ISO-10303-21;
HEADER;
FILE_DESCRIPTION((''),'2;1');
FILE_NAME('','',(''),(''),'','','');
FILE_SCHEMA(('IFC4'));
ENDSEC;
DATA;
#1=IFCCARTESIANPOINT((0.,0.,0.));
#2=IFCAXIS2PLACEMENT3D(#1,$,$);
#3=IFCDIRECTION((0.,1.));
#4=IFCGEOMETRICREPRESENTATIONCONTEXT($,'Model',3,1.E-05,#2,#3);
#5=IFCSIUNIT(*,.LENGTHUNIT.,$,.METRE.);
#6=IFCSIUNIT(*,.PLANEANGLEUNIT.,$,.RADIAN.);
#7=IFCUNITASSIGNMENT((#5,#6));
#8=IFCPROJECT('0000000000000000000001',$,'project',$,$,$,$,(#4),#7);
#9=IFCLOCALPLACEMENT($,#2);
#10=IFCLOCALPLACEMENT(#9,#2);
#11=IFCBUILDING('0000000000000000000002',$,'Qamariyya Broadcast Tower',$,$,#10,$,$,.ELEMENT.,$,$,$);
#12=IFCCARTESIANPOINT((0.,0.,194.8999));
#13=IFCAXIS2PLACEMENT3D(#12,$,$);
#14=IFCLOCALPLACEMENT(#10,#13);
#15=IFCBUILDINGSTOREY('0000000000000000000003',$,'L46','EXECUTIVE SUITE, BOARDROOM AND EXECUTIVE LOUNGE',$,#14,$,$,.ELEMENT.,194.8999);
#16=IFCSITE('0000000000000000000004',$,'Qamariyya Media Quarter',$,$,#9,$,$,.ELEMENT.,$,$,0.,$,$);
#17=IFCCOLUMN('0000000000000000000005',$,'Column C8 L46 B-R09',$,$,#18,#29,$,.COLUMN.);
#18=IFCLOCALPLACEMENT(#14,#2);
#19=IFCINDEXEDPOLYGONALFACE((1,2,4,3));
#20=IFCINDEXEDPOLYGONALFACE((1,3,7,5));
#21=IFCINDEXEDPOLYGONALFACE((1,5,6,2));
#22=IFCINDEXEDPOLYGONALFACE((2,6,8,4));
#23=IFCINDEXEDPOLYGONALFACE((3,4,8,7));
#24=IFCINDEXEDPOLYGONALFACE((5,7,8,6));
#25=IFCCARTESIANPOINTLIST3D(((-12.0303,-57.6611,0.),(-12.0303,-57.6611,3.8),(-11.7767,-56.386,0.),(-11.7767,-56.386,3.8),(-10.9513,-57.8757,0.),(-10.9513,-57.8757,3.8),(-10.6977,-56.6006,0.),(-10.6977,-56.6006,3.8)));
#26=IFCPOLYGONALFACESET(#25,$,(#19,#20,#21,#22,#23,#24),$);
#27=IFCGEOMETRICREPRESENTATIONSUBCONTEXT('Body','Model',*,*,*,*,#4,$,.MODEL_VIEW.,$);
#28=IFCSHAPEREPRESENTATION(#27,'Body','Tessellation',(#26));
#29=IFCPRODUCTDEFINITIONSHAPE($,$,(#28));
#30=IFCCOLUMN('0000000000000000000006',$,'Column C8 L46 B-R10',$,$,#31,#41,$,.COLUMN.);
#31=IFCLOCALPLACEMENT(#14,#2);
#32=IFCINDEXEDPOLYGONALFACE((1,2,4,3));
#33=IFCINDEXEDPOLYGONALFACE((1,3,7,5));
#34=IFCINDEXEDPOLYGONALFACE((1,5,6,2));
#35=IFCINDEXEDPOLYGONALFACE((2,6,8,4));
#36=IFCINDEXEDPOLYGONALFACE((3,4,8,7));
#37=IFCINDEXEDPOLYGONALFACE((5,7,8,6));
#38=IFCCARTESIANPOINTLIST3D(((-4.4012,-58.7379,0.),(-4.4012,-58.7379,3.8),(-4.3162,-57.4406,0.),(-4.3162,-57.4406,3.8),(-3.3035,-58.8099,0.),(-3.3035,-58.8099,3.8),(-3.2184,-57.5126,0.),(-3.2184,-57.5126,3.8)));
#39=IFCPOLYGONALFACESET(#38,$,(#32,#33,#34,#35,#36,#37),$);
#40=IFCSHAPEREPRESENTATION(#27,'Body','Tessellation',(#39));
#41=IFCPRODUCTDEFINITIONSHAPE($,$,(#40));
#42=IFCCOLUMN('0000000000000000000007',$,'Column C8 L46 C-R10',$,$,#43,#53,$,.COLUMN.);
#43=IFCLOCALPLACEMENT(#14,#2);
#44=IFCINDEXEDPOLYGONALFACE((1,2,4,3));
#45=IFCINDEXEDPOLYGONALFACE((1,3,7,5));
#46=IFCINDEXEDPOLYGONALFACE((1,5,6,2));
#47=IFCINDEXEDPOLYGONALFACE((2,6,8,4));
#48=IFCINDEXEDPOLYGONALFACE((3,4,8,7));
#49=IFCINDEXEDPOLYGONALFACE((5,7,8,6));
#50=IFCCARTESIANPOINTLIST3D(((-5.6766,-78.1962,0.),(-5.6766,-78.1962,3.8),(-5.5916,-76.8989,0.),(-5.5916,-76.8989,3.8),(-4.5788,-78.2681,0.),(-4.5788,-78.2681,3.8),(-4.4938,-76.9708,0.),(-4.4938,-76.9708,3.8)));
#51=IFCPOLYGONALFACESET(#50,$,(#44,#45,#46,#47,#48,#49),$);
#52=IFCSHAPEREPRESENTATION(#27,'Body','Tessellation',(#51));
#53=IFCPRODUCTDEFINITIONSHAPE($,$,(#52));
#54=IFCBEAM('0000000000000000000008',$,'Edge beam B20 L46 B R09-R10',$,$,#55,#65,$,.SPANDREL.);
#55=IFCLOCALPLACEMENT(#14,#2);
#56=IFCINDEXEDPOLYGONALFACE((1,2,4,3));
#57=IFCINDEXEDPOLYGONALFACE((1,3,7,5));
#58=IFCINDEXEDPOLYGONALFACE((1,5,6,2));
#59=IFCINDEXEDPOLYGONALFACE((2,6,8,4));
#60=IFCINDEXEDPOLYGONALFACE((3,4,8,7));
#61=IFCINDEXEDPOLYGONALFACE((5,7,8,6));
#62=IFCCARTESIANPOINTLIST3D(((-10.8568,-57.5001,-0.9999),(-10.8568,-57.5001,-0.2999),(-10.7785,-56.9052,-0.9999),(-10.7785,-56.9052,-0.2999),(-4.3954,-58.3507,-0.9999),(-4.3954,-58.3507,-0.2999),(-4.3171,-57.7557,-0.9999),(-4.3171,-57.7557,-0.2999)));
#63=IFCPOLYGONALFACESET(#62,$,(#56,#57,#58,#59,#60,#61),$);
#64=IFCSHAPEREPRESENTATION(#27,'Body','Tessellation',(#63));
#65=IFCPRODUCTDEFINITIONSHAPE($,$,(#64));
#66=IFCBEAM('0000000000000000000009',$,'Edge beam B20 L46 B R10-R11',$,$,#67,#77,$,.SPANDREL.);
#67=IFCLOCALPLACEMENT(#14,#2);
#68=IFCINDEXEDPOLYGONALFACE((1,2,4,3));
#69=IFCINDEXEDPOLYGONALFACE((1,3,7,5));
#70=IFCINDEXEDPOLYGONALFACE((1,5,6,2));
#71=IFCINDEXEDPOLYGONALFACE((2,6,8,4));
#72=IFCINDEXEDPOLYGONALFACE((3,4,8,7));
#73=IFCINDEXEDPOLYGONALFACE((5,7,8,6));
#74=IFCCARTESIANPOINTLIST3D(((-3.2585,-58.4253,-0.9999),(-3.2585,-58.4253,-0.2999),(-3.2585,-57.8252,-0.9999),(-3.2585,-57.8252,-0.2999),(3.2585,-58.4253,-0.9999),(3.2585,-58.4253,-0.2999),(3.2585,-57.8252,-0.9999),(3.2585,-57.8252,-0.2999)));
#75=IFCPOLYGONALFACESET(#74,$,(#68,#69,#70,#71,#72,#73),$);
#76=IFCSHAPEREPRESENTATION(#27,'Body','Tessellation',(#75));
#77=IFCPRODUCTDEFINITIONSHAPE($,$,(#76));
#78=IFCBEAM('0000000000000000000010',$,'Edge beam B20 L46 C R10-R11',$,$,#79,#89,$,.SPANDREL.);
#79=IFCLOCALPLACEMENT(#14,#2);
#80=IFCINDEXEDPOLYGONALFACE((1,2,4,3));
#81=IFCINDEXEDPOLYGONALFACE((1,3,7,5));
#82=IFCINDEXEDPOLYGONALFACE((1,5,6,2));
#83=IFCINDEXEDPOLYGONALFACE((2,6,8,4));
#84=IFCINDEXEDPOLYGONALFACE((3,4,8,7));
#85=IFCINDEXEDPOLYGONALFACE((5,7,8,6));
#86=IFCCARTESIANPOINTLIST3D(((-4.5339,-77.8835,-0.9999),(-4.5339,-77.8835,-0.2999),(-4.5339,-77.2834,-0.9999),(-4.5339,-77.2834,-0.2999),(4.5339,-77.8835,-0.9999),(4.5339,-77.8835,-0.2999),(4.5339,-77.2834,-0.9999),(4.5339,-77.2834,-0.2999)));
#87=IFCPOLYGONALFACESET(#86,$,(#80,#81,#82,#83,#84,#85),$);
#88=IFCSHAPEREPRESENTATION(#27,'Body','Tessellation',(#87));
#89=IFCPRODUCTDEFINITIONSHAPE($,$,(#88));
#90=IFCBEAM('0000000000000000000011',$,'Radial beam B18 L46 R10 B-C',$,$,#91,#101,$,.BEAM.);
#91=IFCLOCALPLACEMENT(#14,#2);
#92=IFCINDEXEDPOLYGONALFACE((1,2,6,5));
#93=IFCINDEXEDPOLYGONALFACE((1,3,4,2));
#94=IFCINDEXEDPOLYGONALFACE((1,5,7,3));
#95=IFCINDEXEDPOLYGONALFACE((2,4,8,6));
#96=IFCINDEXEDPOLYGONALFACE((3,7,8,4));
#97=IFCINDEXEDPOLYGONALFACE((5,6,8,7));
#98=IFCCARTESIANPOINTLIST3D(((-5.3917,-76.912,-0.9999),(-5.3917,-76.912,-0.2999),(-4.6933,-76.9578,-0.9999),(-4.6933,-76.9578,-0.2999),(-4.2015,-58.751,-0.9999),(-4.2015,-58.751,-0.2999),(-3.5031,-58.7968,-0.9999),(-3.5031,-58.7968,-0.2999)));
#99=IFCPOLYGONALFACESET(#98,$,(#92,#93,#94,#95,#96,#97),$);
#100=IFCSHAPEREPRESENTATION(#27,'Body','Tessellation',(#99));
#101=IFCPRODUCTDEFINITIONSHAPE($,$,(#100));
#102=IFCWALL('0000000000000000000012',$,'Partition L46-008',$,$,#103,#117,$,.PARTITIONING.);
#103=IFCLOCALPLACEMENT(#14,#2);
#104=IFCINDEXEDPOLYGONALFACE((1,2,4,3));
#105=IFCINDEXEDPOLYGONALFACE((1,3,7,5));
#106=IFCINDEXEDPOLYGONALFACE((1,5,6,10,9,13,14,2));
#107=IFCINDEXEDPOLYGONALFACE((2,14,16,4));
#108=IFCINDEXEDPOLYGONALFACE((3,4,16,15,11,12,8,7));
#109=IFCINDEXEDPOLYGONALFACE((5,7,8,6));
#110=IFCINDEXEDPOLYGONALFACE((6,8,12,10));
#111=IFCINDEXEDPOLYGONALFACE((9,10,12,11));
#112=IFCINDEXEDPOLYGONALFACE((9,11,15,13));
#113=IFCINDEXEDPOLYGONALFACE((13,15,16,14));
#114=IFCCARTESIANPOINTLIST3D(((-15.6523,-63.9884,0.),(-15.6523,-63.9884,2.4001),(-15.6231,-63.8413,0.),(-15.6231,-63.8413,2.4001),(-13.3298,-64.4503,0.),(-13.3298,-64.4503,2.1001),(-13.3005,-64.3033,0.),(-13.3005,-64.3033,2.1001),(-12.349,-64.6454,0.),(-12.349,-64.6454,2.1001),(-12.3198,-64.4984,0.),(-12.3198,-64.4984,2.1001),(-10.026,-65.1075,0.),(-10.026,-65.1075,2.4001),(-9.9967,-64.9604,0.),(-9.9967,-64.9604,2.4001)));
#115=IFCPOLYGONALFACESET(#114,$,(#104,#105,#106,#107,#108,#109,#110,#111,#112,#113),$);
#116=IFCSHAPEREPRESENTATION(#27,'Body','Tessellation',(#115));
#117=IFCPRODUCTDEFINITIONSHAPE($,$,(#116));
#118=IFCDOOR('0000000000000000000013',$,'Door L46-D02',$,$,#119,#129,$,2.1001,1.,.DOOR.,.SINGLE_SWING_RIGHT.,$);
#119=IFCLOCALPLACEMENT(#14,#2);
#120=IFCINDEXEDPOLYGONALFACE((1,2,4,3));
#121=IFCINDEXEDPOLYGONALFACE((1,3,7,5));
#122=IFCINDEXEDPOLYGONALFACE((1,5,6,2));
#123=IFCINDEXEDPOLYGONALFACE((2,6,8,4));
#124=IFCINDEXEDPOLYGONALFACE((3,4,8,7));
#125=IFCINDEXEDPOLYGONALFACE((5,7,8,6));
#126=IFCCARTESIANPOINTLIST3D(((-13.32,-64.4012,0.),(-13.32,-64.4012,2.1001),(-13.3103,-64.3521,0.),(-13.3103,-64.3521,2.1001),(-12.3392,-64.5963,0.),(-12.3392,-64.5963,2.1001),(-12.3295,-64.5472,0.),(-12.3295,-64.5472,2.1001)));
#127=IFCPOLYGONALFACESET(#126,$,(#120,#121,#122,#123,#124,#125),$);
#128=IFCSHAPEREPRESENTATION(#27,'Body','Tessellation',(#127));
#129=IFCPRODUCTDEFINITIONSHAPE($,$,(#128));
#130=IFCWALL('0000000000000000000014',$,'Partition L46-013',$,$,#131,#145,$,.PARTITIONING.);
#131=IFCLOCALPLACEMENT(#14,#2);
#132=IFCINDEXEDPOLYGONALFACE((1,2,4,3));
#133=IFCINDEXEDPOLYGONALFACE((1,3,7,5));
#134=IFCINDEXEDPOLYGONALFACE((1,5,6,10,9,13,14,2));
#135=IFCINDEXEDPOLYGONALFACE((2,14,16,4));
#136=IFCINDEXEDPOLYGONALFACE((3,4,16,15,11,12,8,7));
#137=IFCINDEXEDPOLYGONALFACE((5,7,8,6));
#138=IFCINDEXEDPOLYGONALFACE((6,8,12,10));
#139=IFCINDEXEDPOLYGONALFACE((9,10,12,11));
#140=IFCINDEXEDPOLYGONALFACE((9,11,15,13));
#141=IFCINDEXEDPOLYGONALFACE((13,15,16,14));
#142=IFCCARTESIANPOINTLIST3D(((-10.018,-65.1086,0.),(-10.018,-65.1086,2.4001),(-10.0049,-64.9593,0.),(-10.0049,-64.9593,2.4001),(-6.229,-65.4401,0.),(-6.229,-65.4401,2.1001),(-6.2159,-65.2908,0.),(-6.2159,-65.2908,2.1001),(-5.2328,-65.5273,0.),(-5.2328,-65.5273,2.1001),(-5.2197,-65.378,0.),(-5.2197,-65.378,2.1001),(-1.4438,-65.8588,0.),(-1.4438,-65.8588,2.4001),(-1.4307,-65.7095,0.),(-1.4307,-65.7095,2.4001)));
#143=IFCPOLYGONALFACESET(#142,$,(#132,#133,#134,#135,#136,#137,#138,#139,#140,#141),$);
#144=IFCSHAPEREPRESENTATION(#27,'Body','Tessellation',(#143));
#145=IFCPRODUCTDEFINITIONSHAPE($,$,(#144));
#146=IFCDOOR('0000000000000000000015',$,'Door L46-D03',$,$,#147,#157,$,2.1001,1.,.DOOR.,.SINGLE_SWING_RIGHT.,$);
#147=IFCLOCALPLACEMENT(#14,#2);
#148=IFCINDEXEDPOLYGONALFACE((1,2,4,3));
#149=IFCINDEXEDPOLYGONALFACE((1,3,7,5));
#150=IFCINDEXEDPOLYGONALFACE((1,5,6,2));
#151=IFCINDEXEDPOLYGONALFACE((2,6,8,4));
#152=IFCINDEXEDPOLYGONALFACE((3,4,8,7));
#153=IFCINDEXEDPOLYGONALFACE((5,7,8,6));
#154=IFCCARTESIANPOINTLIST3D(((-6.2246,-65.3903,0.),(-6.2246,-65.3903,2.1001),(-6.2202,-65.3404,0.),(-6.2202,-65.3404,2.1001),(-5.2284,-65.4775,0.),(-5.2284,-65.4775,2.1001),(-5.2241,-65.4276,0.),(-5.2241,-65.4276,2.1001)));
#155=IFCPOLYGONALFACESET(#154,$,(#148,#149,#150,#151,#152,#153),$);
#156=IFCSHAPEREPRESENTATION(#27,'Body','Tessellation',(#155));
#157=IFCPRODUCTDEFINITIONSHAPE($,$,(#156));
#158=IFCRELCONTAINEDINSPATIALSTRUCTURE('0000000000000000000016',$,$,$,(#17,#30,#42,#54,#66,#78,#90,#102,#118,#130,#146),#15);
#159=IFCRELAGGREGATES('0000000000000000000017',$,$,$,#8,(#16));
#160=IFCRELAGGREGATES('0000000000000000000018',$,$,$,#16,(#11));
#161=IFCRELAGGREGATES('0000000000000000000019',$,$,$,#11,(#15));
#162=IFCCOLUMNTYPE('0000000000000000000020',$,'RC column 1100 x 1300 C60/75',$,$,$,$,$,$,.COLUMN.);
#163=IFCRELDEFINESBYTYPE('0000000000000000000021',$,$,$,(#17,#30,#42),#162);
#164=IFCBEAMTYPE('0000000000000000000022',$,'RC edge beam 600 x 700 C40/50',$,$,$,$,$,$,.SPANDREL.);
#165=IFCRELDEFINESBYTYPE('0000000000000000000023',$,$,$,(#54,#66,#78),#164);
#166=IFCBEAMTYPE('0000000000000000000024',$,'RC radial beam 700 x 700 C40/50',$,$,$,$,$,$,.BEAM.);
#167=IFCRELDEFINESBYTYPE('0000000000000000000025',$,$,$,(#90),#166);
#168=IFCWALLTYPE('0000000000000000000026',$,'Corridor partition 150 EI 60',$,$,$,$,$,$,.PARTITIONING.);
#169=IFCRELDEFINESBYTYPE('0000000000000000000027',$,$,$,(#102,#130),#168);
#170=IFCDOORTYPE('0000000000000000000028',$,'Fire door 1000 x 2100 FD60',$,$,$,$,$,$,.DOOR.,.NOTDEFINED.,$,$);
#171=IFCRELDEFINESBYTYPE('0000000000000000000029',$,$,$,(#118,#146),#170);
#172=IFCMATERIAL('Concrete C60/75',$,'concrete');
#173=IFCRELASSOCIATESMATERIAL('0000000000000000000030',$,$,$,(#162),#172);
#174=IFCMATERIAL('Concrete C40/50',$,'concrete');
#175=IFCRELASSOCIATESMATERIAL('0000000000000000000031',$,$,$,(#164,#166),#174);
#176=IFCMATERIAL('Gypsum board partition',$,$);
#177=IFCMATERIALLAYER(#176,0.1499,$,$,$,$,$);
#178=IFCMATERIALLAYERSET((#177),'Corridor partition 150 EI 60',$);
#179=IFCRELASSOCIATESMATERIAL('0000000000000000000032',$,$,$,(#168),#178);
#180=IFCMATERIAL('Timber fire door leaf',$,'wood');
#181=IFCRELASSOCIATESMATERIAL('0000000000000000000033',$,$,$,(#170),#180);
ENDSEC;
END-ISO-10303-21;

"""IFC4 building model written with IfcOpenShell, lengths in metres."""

from ifc_helpers import new_model, si_unit, direction, frame, frame_2d, origin, origin_2d, place, context, subcontext, project, spatial, rectangle, extrude, material, layer, layer_set, material_profile, profile_set, type_object, element, fill, save


model = new_model("IFC4")

# Units and contexts
model_context = context("Model", 3, precision=1e-05, world=origin(), true_north=direction((0.0, 1.0)))
body_context = subcontext(model_context, "Body", "Model", "MODEL_VIEW")
ifc_project = project(units=[si_unit("LENGTHUNIT", "METRE"), si_unit("PLANEANGLEUNIT", "RADIAN")], contexts=[model_context])

# Site, building, storey
site_placement = place(None, origin())
site = spatial("IfcSite", under=ifc_project, at=site_placement, Name="Qamariyya Media Quarter", CompositionType="ELEMENT", RefElevation=0.0)
building_placement = place(site_placement, origin())
building = spatial("IfcBuilding", under=site, at=building_placement, Name="Qamariyya Broadcast Tower", CompositionType="ELEMENT")
storey_placement = place(building_placement, frame((0.0, 0.0, 194.8999)))
storey = spatial("IfcBuildingStorey", under=building, at=storey_placement, Name="L46", Description="EXECUTIVE SUITE, BOARDROOM AND EXECUTIVE LOUNGE", CompositionType="ELEMENT", Elevation=194.8999)

# Columns
ifc_material_1 = material(Name="Concrete C60/75", Category="concrete")
ifc_material_profile_1 = material_profile(ifc_material_1, rectangle(XDim=1.1001, YDim=1.3, at=origin_2d()))
ifc_profile_set_1 = profile_set([ifc_material_profile_1], Name="Concrete C60/75")
column_type = type_object("IfcColumnType", Name="RC column 1100 x 1300 C60/75", PredefinedType="COLUMN", material=ifc_profile_set_1)
for number, where, z_axis, x_axis, name in (
    (1, (-11.364, -57.1309, 0.0), (0.0, 0.0, 1.0), (0.980785, -0.19509, 0.0), "Column C8 L46 B-R09"),
    (2, (-3.8098, -58.1252, 0.0), (0.0, 0.0, 1.0), (0.997859, -0.065403, 0.0), "Column C8 L46 B-R10"),
    (3, (-5.0852, -77.5835, 0.0), (0.0, 0.0, 1.0), (0.997859, -0.065403, 0.0), "Column C8 L46 C-R10"),
):
    element("IfcColumn", number, at=place(storey_placement, frame(where, z_axis=z_axis, x_axis=x_axis)), inside=storey, type_object=column_type, Name=name, PredefinedType="COLUMN", context=body_context, shape_type="SweptSolid", body=[
        extrude(rectangle(XDim=1.1001, YDim=1.3, at=origin_2d()), origin(), (0.0, 0.0, 1.0), 3.8),
    ])

# Beams
ifc_material_2 = material(Name="Concrete C40/50", Category="concrete")
ifc_material_profile_2 = material_profile(ifc_material_2, rectangle(XDim=0.6001, YDim=0.7, at=origin_2d()))
ifc_profile_set_2 = profile_set([ifc_material_profile_2], Name="Concrete C40/50")
beam_type_1 = type_object("IfcBeamType", Name="RC edge beam 600 x 700 C40/50", PredefinedType="SPANDREL", material=ifc_profile_set_2)
for number, where, z_axis, x_axis, name in (
    (4, (-10.8176, -57.2026, -0.6499), (0.991446, -0.130515, 0.0), (0.130515, 0.991446, 0.0), "Edge beam B20 L46 B R09-R10"),
    (5, (-3.2585, -58.1252, -0.6499), (1.0, 0.0, 0.0), (0.0, 1.0, 0.0), "Edge beam B20 L46 B R10-R11"),
):
    element("IfcBeam", number, at=place(storey_placement, frame(where, z_axis=z_axis, x_axis=x_axis)), inside=storey, type_object=beam_type_1, Name=name, PredefinedType="SPANDREL", context=body_context, shape_type="SweptSolid", body=[
        extrude(rectangle(XDim=0.6001, YDim=0.7, at=origin_2d()), origin(), (0.0, 0.0, 1.0), 6.5171),
    ])
beam_1_placement = place(storey_placement, frame((-4.5339, -77.5835, -0.6499), z_axis=(1.0, 0.0, 0.0), x_axis=(0.0, 1.0, 0.0)))
element("IfcBeam", 6, at=beam_1_placement, inside=storey, type_object=beam_type_1, Name="Edge beam B20 L46 C R10-R11", PredefinedType="SPANDREL", context=body_context, shape_type="SweptSolid", body=[
    extrude(rectangle(XDim=0.6001, YDim=0.7, at=origin_2d()), origin(), (0.0, 0.0, 1.0), 9.0679),
])
ifc_material_profile_3 = material_profile(ifc_material_2, rectangle(XDim=0.7, YDim=0.7, at=origin_2d()))
ifc_profile_set_3 = profile_set([ifc_material_profile_3], Name="Concrete C40/50")
beam_type_2 = type_object("IfcBeamType", Name="RC radial beam 700 x 700 C40/50", PredefinedType="BEAM", material=ifc_profile_set_3)
beam_2_placement = place(storey_placement, frame((-3.8523, -58.7739, -0.6499), z_axis=(-0.065395, -0.997859, 0.0), x_axis=(0.997859, -0.065395, 0.0)))
element("IfcBeam", 7, at=beam_2_placement, inside=storey, type_object=beam_type_2, Name="Radial beam B18 L46 R10 B-C", PredefinedType="BEAM", context=body_context, shape_type="SweptSolid", body=[
    extrude(rectangle(XDim=0.7, YDim=0.7, at=origin_2d()), origin(), (0.0, 0.0, 1.0), 18.2),
])

# Walls, openings, doors
ifc_material_3 = material(Name="Gypsum board partition")
ifc_layer_1 = layer(ifc_material_3, 0.1499)
ifc_layer_set_1 = layer_set([ifc_layer_1], Name="Corridor partition 150 EI 60")
wall_type_1 = type_object("IfcWallType", Name="Corridor partition 150 EI 60", PredefinedType="PARTITIONING", material=ifc_layer_set_1)
wall_1_placement = place(storey_placement, frame((-10.0115, -65.0339, 0.0), z_axis=(0.0, 0.0, 1.0), x_axis=(-0.980786, 0.195085, 0.0)))
wall_1 = element("IfcWall", 8, at=wall_1_placement, inside=storey, type_object=wall_type_1, Name="Partition L46-008", PredefinedType="PARTITIONING", context=body_context, shape_type="SweptSolid", body=[
    extrude(rectangle(XDim=5.7366, YDim=0.1499, at=frame_2d((2.8682, 0.0))), origin(), (0.0, 0.0, 1.0), 2.4001),
])
opening_1_placement = place(wall_1_placement, frame((2.3684, 0.0, 0.0)))
opening_1 = element("IfcOpeningElement", 9, at=opening_1_placement, cuts=wall_1, PredefinedType="OPENING", context=body_context, shape_type="SweptSolid", body=[
    extrude(rectangle(XDim=1.0, YDim=2.1001, at=frame_2d((0.5, 1.05))), frame((0.0, 0.085, 0.0), z_axis=(0.0, -1.0, 0.0), x_axis=(1.0, 0.0, 0.0)), (0.0, 0.0, 1.0), 0.1699),
])
ifc_material_4 = material(Name="Timber fire door leaf", Category="wood")
door_type_1 = type_object("IfcDoorType", Name="Fire door 1000 x 2100 FD60", OperationType="NOTDEFINED", PredefinedType="DOOR", material=ifc_material_4)
door_1_placement = place(opening_1_placement, origin())
door_1 = element("IfcDoor", 10, at=door_1_placement, inside=storey, type_object=door_type_1, Name="Door L46-D02", OperationType="SINGLE_SWING_RIGHT", OverallHeight=2.1001, OverallWidth=1.0, PredefinedType="DOOR", context=body_context, shape_type="SweptSolid", body=[
    extrude(rectangle(XDim=1.0, YDim=2.1001, at=frame_2d((0.5, 1.05))), frame((0.0, 0.0249, 0.0), z_axis=(0.0, -1.0, 0.0), x_axis=(1.0, 0.0, 0.0)), (0.0, 0.0, 1.0), 0.05),
])
fill(opening_1, door_1)
wall_2_placement = place(storey_placement, frame((-1.4373, -65.7842, 0.0), z_axis=(0.0, 0.0, 1.0), x_axis=(-0.996194, 0.087167, 0.0)))
wall_2 = element("IfcWall", 11, at=wall_2_placement, inside=storey, type_object=wall_type_1, Name="Partition L46-013", PredefinedType="PARTITIONING", context=body_context, shape_type="SweptSolid", body=[
    extrude(rectangle(XDim=8.6069, YDim=0.1499, at=frame_2d((4.3035, 0.0))), origin(), (0.0, 0.0, 1.0), 2.4001),
])
opening_2_placement = place(wall_2_placement, frame((3.8035, 0.0, 0.0)))
opening_2 = element("IfcOpeningElement", 12, at=opening_2_placement, cuts=wall_2, PredefinedType="OPENING", context=body_context, shape_type="SweptSolid", body=[
    extrude(rectangle(XDim=1.0, YDim=2.1001, at=frame_2d((0.5, 1.05))), frame((0.0, 0.085, 0.0), z_axis=(0.0, -1.0, 0.0), x_axis=(1.0, 0.0, 0.0)), (0.0, 0.0, 1.0), 0.1699),
])
door_2_placement = place(opening_2_placement, origin())
door_2 = element("IfcDoor", 13, at=door_2_placement, inside=storey, type_object=door_type_1, Name="Door L46-D03", OperationType="SINGLE_SWING_RIGHT", OverallHeight=2.1001, OverallWidth=1.0, PredefinedType="DOOR", context=body_context, shape_type="SweptSolid", body=[
    extrude(rectangle(XDim=1.0, YDim=2.1001, at=frame_2d((0.5, 1.05))), frame((0.0, 0.0249, 0.0), z_axis=(0.0, -1.0, 0.0), x_axis=(1.0, 0.0, 0.0)), (0.0, 0.0, 1.0), 0.05),
])
fill(opening_2, door_2)

save(model, "model.ifc")
